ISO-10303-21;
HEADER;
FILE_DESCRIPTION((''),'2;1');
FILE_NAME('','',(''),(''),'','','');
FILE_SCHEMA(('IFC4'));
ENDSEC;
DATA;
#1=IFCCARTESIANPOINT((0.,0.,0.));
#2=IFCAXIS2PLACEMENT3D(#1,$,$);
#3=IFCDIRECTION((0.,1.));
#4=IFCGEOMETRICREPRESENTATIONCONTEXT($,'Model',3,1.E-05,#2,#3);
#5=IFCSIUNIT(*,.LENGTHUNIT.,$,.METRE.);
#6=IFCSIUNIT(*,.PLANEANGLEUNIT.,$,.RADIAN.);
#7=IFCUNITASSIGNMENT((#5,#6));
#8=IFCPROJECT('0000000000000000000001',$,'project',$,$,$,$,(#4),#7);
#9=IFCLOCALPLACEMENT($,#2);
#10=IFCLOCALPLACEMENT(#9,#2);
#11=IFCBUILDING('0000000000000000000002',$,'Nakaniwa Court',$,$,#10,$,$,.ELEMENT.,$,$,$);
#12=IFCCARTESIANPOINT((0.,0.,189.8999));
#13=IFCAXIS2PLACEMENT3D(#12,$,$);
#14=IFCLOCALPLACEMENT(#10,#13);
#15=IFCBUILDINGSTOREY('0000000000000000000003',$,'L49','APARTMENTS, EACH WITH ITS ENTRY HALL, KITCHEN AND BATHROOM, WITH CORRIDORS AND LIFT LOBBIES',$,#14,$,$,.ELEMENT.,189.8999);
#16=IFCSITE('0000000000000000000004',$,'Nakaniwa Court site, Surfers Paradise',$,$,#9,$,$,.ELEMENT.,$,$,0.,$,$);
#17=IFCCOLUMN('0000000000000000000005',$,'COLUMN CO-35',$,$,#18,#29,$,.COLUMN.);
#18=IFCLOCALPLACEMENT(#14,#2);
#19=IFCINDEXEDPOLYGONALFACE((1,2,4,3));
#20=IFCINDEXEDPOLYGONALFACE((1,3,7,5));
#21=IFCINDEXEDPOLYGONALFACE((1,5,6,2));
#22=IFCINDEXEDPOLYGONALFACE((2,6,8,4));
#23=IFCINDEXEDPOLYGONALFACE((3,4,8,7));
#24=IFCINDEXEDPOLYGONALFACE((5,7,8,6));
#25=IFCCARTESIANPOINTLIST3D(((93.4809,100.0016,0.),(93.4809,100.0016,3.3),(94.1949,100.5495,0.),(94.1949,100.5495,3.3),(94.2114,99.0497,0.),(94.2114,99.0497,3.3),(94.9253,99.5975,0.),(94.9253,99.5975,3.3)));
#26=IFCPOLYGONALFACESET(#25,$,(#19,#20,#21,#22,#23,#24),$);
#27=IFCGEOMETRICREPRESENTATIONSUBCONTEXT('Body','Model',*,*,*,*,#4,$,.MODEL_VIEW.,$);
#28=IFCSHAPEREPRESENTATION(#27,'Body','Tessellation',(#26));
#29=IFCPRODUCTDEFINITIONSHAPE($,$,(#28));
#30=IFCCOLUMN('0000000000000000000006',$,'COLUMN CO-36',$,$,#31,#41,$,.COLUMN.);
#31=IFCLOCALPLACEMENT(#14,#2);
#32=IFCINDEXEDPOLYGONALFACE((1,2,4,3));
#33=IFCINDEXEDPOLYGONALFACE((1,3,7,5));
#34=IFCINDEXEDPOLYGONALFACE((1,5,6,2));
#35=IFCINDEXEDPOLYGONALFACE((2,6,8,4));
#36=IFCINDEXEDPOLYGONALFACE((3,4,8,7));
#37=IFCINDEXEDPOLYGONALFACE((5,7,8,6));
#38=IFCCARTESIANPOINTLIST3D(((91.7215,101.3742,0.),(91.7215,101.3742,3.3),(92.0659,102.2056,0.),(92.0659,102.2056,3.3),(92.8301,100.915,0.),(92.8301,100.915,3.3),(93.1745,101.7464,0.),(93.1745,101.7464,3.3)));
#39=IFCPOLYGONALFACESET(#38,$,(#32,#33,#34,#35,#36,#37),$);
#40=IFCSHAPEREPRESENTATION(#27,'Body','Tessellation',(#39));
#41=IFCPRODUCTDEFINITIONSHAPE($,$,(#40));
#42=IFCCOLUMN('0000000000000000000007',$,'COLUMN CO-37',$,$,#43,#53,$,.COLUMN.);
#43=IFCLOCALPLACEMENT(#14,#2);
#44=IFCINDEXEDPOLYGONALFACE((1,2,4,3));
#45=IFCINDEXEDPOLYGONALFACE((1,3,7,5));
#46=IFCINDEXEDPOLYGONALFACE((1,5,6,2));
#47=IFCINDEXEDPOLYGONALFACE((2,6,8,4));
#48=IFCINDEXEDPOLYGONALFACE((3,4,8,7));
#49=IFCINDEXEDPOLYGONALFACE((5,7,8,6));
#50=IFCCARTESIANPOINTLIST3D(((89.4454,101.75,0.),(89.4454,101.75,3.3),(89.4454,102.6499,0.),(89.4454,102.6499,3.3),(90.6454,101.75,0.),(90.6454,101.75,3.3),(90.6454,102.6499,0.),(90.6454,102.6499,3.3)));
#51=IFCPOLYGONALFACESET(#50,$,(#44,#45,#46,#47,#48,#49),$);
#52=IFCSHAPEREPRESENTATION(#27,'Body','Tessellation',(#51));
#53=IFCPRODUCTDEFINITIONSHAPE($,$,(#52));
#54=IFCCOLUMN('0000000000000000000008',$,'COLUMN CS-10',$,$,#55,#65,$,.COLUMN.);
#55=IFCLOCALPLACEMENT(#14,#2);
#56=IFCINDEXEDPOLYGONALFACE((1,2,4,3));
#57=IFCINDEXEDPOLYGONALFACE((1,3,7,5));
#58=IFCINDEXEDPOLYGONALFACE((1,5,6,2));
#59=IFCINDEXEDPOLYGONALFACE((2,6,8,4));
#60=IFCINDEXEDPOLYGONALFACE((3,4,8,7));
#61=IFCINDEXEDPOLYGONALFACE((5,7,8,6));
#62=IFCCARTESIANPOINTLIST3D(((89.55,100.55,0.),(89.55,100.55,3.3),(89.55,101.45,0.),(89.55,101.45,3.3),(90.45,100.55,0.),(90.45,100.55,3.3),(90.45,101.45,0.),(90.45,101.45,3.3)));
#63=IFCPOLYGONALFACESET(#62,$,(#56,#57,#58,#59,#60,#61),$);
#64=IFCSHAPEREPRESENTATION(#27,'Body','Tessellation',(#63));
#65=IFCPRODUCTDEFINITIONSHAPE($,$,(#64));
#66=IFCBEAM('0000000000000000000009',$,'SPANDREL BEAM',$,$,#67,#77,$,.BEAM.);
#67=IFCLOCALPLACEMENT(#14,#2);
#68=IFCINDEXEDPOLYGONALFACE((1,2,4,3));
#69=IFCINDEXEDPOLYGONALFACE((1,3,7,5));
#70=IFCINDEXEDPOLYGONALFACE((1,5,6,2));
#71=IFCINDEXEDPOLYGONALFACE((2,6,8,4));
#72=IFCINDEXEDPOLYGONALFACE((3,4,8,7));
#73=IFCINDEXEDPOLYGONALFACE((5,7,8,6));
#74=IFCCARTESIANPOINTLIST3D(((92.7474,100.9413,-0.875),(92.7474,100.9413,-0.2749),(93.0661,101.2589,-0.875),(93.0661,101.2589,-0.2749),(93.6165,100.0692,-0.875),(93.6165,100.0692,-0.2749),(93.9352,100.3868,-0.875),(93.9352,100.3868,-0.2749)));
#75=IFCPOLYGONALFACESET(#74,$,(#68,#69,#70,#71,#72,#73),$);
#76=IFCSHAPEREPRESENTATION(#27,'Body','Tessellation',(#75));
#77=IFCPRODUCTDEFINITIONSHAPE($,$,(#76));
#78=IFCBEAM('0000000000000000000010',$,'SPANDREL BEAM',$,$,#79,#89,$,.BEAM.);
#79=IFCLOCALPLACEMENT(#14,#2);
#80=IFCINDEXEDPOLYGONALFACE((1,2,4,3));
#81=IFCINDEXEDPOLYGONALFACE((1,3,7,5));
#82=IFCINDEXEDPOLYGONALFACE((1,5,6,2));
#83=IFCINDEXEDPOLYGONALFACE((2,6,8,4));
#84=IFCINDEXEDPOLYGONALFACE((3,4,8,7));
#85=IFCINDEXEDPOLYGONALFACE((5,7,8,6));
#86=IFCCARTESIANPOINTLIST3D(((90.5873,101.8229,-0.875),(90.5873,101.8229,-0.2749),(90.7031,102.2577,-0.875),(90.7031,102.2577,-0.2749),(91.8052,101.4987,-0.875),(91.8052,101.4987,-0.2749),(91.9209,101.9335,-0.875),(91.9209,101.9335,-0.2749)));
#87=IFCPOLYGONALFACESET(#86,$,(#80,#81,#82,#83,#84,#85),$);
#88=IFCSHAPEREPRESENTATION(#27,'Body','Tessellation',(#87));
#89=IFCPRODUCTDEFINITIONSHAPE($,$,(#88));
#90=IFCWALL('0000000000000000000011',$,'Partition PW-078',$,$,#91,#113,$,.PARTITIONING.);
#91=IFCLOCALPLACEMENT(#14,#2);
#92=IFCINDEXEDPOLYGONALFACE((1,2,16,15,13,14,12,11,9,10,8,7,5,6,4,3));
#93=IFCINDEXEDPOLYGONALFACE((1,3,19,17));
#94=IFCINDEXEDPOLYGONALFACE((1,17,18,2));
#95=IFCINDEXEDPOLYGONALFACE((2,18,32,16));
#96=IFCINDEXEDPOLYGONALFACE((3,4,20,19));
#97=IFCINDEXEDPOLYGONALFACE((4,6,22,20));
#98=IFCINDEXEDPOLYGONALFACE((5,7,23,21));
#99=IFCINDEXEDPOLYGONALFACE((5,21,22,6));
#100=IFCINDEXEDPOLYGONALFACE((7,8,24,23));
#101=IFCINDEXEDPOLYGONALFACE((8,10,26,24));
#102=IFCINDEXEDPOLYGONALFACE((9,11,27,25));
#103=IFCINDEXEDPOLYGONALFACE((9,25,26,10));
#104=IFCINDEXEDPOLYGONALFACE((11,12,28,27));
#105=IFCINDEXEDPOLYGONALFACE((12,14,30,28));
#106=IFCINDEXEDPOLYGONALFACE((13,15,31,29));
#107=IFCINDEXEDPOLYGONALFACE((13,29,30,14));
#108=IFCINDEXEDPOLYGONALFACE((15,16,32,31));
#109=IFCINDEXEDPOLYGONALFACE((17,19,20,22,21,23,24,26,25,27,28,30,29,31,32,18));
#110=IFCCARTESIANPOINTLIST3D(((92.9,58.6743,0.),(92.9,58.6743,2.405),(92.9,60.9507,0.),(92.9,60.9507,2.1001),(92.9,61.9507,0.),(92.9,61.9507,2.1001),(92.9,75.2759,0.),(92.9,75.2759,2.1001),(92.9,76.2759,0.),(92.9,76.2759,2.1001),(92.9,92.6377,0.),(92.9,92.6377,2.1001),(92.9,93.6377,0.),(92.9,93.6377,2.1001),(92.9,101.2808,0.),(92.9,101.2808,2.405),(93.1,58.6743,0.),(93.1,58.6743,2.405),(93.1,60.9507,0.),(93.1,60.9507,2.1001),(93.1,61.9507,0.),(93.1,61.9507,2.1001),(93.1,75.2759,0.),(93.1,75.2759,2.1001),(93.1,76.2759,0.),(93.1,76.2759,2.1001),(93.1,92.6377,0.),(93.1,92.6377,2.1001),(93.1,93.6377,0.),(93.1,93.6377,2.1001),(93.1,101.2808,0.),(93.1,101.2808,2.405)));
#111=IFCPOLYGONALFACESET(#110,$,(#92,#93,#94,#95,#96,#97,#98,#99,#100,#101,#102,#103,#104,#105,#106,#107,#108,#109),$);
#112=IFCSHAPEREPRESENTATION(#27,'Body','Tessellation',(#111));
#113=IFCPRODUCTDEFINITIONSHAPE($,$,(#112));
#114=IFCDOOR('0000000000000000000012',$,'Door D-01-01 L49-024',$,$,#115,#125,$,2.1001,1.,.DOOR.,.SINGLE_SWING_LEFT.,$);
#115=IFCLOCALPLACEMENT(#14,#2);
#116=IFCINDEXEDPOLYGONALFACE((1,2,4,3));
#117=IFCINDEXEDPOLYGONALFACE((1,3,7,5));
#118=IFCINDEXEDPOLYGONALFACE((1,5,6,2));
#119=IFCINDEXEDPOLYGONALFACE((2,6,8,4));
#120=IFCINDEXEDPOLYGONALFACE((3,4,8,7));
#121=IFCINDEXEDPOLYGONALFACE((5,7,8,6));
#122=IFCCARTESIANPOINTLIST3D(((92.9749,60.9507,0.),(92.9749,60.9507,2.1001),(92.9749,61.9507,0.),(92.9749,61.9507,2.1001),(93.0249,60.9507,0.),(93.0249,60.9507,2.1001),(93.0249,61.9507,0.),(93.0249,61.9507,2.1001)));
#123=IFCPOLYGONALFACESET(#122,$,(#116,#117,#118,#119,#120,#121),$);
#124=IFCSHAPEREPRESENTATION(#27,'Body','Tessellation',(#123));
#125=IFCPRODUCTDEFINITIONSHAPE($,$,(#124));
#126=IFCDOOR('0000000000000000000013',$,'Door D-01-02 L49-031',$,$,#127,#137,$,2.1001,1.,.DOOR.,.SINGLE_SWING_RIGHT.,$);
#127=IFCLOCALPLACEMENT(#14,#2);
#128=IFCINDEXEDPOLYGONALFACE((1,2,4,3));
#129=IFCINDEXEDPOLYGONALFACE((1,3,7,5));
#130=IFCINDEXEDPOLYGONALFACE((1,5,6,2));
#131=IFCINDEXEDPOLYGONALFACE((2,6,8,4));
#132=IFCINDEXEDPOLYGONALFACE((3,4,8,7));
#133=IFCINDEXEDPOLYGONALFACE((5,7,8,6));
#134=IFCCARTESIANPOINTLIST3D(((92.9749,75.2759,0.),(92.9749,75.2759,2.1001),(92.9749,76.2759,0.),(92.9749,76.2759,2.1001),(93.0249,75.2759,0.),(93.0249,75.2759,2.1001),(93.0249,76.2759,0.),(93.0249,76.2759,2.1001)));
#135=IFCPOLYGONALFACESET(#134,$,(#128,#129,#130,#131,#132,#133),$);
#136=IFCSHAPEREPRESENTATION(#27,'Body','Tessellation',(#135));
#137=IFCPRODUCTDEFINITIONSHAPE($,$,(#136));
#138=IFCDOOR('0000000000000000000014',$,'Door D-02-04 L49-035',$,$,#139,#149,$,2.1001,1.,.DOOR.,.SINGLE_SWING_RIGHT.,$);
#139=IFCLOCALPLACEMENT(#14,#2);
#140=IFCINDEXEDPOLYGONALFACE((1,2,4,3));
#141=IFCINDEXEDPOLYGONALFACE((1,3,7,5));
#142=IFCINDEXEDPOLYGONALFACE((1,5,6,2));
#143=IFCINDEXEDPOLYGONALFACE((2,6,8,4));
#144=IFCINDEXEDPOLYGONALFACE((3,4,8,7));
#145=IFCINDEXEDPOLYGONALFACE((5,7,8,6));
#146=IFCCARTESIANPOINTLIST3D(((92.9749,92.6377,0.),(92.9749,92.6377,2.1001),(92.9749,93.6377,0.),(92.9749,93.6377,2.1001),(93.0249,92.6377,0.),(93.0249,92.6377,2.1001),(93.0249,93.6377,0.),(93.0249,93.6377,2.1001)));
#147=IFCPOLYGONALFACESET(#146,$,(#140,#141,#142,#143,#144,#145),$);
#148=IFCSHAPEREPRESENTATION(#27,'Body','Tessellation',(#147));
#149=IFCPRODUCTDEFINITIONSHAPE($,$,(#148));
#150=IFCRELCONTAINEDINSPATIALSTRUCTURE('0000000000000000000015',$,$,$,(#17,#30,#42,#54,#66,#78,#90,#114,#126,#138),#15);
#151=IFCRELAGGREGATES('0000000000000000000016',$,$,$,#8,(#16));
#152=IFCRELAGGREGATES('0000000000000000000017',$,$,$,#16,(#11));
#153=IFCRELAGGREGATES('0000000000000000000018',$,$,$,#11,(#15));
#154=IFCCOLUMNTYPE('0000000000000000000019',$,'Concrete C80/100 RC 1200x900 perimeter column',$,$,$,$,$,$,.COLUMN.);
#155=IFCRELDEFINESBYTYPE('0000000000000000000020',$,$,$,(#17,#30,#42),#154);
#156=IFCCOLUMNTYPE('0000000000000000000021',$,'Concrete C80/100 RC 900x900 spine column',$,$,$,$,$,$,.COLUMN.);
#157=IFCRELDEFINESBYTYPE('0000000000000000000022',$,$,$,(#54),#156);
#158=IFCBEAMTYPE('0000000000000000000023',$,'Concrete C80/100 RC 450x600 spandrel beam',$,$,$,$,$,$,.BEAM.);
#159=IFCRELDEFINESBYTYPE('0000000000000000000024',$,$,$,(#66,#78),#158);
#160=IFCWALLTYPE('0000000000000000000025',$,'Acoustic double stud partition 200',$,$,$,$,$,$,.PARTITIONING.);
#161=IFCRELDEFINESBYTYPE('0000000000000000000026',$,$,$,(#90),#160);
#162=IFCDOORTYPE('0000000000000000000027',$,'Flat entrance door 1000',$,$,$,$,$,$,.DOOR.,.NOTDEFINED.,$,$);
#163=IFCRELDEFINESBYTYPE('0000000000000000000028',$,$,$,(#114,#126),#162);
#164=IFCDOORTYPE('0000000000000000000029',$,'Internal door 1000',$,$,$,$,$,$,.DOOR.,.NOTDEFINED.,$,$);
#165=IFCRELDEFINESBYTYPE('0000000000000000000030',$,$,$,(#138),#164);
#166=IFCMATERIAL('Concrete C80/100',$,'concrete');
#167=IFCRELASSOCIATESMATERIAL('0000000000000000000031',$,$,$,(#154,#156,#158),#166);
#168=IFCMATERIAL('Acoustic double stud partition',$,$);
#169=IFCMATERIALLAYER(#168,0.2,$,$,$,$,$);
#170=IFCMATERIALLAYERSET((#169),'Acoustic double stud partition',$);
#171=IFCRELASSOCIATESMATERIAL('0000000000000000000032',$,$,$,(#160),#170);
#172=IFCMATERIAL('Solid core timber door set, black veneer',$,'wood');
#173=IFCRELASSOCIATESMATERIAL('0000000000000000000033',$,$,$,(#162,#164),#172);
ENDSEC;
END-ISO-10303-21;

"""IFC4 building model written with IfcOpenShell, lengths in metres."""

from ifc_helpers import new_model, si_unit, direction, frame, frame_2d, origin, origin_2d, place, context, subcontext, project, spatial, rectangle, extrude, material, layer, layer_set, material_profile, profile_set, type_object, element, fill, save


model = new_model("IFC4")

# Units and contexts
model_context = context("Model", 3, precision=1e-05, world=origin(), true_north=direction((0.0, 1.0)))
body_context = subcontext(model_context, "Body", "Model", "MODEL_VIEW")
ifc_project = project(units=[si_unit("LENGTHUNIT", "METRE"), si_unit("PLANEANGLEUNIT", "RADIAN")], contexts=[model_context])

# Site, building, storey
site_placement = place(None, origin())
site = spatial("IfcSite", under=ifc_project, at=site_placement, Name="Nakaniwa Court site, Surfers Paradise", CompositionType="ELEMENT", RefElevation=0.0)
building_placement = place(site_placement, origin())
building = spatial("IfcBuilding", under=site, at=building_placement, Name="Nakaniwa Court", CompositionType="ELEMENT")
storey_placement = place(building_placement, frame((0.0, 0.0, 189.8999)))
storey = spatial("IfcBuildingStorey", under=building, at=storey_placement, Name="L49", Description="APARTMENTS, EACH WITH ITS ENTRY HALL, KITCHEN AND BATHROOM, WITH CORRIDORS AND LIFT LOBBIES", CompositionType="ELEMENT", Elevation=189.8999)

# Columns
ifc_material_1 = material(Name="Concrete C80/100", Category="concrete")
ifc_material_profile_1 = material_profile(ifc_material_1, rectangle(XDim=1.2, YDim=0.8999, at=origin_2d()), Name="Concrete C80/100 RC 1200x900 perimeter column")
ifc_profile_set_1 = profile_set([ifc_material_profile_1], Name="Concrete C80/100")
column_type_1 = type_object("IfcColumnType", Name="Concrete C80/100 RC 1200x900 perimeter column", PredefinedType="COLUMN", material=ifc_profile_set_1)
for number, where, z_axis, x_axis, name in (
    (1, (94.2031, 99.7996, 0.0), (0.0, 0.0, 1.0), (-0.608761, 0.793353, 0.0), "COLUMN CO-35"),
    (2, (92.448, 101.5603, 0.0), (0.0, 0.0, 1.0), (-0.92388, 0.382683, 0.0), "COLUMN CO-36"),
    (3, (90.0454, 102.2, 0.0), (0.0, 0.0, 1.0), (-1.0, 0.0, 0.0), "COLUMN CO-37"),
):
    element("IfcColumn", number, at=place(storey_placement, frame(where, z_axis=z_axis, x_axis=x_axis)), inside=storey, type_object=column_type_1, Name=name, PredefinedType="COLUMN", context=body_context, shape_type="SweptSolid", body=[
        extrude(rectangle(XDim=1.2, YDim=0.8999, at=origin_2d()), origin(), (0.0, 0.0, 1.0), 3.3),
    ])
ifc_material_profile_2 = material_profile(ifc_material_1, rectangle(XDim=0.8999, YDim=0.8999, at=origin_2d()), Name="Concrete C80/100 RC 900x900 spine column")
ifc_profile_set_2 = profile_set([ifc_material_profile_2], Name="Concrete C80/100")
column_type_2 = type_object("IfcColumnType", Name="Concrete C80/100 RC 900x900 spine column", PredefinedType="COLUMN", material=ifc_profile_set_2)
column_placement = place(storey_placement, frame((90.0, 101.0, 0.0), z_axis=(0.0, 0.0, 1.0), x_axis=(0.0, 1.0, 0.0)))
element("IfcColumn", 4, at=column_placement, inside=storey, type_object=column_type_2, Name="COLUMN CS-10", PredefinedType="COLUMN", context=body_context, shape_type="SweptSolid", body=[
    extrude(rectangle(XDim=0.8999, YDim=0.8999, at=origin_2d()), origin(), (0.0, 0.0, 1.0), 3.3),
])

# Beams
ifc_material_profile_3 = material_profile(ifc_material_1, rectangle(XDim=0.45, YDim=0.6001, at=origin_2d()), Name="Concrete C80/100 RC 450x600 spandrel beam")
ifc_profile_set_3 = profile_set([ifc_material_profile_3], Name="Concrete C80/100")
beam_type = type_object("IfcBeamType", Name="Concrete C80/100 RC 450x600 spandrel beam", PredefinedType="BEAM", material=ifc_profile_set_3)
beam_1_placement = place(storey_placement, frame((93.7759, 100.228, -0.575), z_axis=(-0.705916, 0.708296, 0.0), x_axis=(-0.708296, -0.705916, 0.0)))
element("IfcBeam", 5, at=beam_1_placement, inside=storey, type_object=beam_type, Name="SPANDREL BEAM", PredefinedType="BEAM", context=body_context, shape_type="SweptSolid", body=[
    extrude(rectangle(XDim=0.45, YDim=0.6001, at=origin_2d()), origin(), (0.0, 0.0, 1.0), 1.2312),
])
beam_2_placement = place(storey_placement, frame((91.863, 101.7161, -0.575), z_axis=(-0.966338, 0.257277, 0.0), x_axis=(-0.257277, -0.966338, 0.0)))
element("IfcBeam", 6, at=beam_2_placement, inside=storey, type_object=beam_type, Name="SPANDREL BEAM", PredefinedType="BEAM", context=body_context, shape_type="SweptSolid", body=[
    extrude(rectangle(XDim=0.45, YDim=0.6001, at=origin_2d()), origin(), (0.0, 0.0, 1.0), 1.2603),
])

# Wall, openings, doors
ifc_material_2 = material(Name="Acoustic double stud partition")
ifc_layer_1 = layer(ifc_material_2, 0.2)
ifc_layer_set_1 = layer_set([ifc_layer_1], Name="Acoustic double stud partition")
wall_type_1 = type_object("IfcWallType", Name="Acoustic double stud partition 200", PredefinedType="PARTITIONING", material=ifc_layer_set_1)
wall_1_placement = place(storey_placement, frame((93.0, 101.2808, 0.0), z_axis=(0.0, 0.0, 1.0), x_axis=(0.0, -1.0, 0.0)))
wall_1 = element("IfcWall", 7, at=wall_1_placement, inside=storey, type_object=wall_type_1, Name="Partition PW-078", PredefinedType="PARTITIONING", context=body_context, shape_type="SweptSolid", body=[
    extrude(rectangle(XDim=42.6064, YDim=0.2, at=frame_2d((21.3032, 0.0))), origin(), (0.0, 0.0, 1.0), 2.405),
])
opening_1_placement = place(wall_1_placement, frame((39.3301, 0.0, 0.0)))
opening_1 = element("IfcOpeningElement", 8, at=opening_1_placement, cuts=wall_1, PredefinedType="OPENING", context=body_context, shape_type="SweptSolid", body=[
    extrude(rectangle(XDim=1.0, YDim=2.1001, at=frame_2d((0.5, 1.05))), frame((0.0, 0.1099, 0.0), z_axis=(0.0, -1.0, 0.0), x_axis=(1.0, 0.0, 0.0)), (0.0, 0.0, 1.0), 0.22),
])
opening_2_placement = place(wall_1_placement, frame((25.0049, 0.0, 0.0)))
opening_2 = element("IfcOpeningElement", 9, at=opening_2_placement, cuts=wall_1, PredefinedType="OPENING", context=body_context, shape_type="SweptSolid", body=[
    extrude(rectangle(XDim=1.0, YDim=2.1001, at=frame_2d((0.5, 1.05))), frame((0.0, 0.1099, 0.0), z_axis=(0.0, -1.0, 0.0), x_axis=(1.0, 0.0, 0.0)), (0.0, 0.0, 1.0), 0.22),
])
opening_3_placement = place(wall_1_placement, frame((7.6431, 0.0, 0.0)))
opening_3 = element("IfcOpeningElement", 10, at=opening_3_placement, cuts=wall_1, PredefinedType="OPENING", context=body_context, shape_type="SweptSolid", body=[
    extrude(rectangle(XDim=1.0, YDim=2.1001, at=frame_2d((0.5, 1.05))), frame((0.0, 0.1099, 0.0), z_axis=(0.0, -1.0, 0.0), x_axis=(1.0, 0.0, 0.0)), (0.0, 0.0, 1.0), 0.22),
])
ifc_material_3 = material(Name="Solid core timber door set, black veneer", Category="wood")
door_type_1 = type_object("IfcDoorType", Name="Flat entrance door 1000", OperationType="NOTDEFINED", PredefinedType="DOOR", material=ifc_material_3)
door_1_placement = place(opening_1_placement, origin())
door_1 = element("IfcDoor", 11, at=door_1_placement, inside=storey, type_object=door_type_1, Name="Door D-01-01 L49-024", OperationType="SINGLE_SWING_LEFT", OverallHeight=2.1001, OverallWidth=1.0, PredefinedType="DOOR", context=body_context, shape_type="SweptSolid", body=[
    extrude(rectangle(XDim=1.0, YDim=2.1001, at=frame_2d((0.5, 1.05))), frame((0.0, 0.0249, 0.0), z_axis=(0.0, -1.0, 0.0), x_axis=(1.0, 0.0, 0.0)), (0.0, 0.0, 1.0), 0.05),
])
fill(opening_1, door_1)
door_2_placement = place(opening_2_placement, origin())
door_2 = element("IfcDoor", 12, at=door_2_placement, inside=storey, type_object=door_type_1, Name="Door D-01-02 L49-031", OperationType="SINGLE_SWING_RIGHT", OverallHeight=2.1001, OverallWidth=1.0, PredefinedType="DOOR", context=body_context, shape_type="SweptSolid", body=[
    extrude(rectangle(XDim=1.0, YDim=2.1001, at=frame_2d((0.5, 1.05))), frame((0.0, 0.0249, 0.0), z_axis=(0.0, -1.0, 0.0), x_axis=(1.0, 0.0, 0.0)), (0.0, 0.0, 1.0), 0.05),
])
fill(opening_2, door_2)
door_type_2 = type_object("IfcDoorType", Name="Internal door 1000", OperationType="NOTDEFINED", PredefinedType="DOOR", material=ifc_material_3)
door_3_placement = place(opening_3_placement, origin())
door_3 = element("IfcDoor", 13, at=door_3_placement, inside=storey, type_object=door_type_2, Name="Door D-02-04 L49-035", OperationType="SINGLE_SWING_RIGHT", OverallHeight=2.1001, OverallWidth=1.0, PredefinedType="DOOR", context=body_context, shape_type="SweptSolid", body=[
    extrude(rectangle(XDim=1.0, YDim=2.1001, at=frame_2d((0.5, 1.05))), frame((0.0, 0.0249, 0.0), z_axis=(0.0, -1.0, 0.0), x_axis=(1.0, 0.0, 0.0)), (0.0, 0.0, 1.0), 0.05),
])
fill(opening_3, door_3)

save(model, "model.ifc")
